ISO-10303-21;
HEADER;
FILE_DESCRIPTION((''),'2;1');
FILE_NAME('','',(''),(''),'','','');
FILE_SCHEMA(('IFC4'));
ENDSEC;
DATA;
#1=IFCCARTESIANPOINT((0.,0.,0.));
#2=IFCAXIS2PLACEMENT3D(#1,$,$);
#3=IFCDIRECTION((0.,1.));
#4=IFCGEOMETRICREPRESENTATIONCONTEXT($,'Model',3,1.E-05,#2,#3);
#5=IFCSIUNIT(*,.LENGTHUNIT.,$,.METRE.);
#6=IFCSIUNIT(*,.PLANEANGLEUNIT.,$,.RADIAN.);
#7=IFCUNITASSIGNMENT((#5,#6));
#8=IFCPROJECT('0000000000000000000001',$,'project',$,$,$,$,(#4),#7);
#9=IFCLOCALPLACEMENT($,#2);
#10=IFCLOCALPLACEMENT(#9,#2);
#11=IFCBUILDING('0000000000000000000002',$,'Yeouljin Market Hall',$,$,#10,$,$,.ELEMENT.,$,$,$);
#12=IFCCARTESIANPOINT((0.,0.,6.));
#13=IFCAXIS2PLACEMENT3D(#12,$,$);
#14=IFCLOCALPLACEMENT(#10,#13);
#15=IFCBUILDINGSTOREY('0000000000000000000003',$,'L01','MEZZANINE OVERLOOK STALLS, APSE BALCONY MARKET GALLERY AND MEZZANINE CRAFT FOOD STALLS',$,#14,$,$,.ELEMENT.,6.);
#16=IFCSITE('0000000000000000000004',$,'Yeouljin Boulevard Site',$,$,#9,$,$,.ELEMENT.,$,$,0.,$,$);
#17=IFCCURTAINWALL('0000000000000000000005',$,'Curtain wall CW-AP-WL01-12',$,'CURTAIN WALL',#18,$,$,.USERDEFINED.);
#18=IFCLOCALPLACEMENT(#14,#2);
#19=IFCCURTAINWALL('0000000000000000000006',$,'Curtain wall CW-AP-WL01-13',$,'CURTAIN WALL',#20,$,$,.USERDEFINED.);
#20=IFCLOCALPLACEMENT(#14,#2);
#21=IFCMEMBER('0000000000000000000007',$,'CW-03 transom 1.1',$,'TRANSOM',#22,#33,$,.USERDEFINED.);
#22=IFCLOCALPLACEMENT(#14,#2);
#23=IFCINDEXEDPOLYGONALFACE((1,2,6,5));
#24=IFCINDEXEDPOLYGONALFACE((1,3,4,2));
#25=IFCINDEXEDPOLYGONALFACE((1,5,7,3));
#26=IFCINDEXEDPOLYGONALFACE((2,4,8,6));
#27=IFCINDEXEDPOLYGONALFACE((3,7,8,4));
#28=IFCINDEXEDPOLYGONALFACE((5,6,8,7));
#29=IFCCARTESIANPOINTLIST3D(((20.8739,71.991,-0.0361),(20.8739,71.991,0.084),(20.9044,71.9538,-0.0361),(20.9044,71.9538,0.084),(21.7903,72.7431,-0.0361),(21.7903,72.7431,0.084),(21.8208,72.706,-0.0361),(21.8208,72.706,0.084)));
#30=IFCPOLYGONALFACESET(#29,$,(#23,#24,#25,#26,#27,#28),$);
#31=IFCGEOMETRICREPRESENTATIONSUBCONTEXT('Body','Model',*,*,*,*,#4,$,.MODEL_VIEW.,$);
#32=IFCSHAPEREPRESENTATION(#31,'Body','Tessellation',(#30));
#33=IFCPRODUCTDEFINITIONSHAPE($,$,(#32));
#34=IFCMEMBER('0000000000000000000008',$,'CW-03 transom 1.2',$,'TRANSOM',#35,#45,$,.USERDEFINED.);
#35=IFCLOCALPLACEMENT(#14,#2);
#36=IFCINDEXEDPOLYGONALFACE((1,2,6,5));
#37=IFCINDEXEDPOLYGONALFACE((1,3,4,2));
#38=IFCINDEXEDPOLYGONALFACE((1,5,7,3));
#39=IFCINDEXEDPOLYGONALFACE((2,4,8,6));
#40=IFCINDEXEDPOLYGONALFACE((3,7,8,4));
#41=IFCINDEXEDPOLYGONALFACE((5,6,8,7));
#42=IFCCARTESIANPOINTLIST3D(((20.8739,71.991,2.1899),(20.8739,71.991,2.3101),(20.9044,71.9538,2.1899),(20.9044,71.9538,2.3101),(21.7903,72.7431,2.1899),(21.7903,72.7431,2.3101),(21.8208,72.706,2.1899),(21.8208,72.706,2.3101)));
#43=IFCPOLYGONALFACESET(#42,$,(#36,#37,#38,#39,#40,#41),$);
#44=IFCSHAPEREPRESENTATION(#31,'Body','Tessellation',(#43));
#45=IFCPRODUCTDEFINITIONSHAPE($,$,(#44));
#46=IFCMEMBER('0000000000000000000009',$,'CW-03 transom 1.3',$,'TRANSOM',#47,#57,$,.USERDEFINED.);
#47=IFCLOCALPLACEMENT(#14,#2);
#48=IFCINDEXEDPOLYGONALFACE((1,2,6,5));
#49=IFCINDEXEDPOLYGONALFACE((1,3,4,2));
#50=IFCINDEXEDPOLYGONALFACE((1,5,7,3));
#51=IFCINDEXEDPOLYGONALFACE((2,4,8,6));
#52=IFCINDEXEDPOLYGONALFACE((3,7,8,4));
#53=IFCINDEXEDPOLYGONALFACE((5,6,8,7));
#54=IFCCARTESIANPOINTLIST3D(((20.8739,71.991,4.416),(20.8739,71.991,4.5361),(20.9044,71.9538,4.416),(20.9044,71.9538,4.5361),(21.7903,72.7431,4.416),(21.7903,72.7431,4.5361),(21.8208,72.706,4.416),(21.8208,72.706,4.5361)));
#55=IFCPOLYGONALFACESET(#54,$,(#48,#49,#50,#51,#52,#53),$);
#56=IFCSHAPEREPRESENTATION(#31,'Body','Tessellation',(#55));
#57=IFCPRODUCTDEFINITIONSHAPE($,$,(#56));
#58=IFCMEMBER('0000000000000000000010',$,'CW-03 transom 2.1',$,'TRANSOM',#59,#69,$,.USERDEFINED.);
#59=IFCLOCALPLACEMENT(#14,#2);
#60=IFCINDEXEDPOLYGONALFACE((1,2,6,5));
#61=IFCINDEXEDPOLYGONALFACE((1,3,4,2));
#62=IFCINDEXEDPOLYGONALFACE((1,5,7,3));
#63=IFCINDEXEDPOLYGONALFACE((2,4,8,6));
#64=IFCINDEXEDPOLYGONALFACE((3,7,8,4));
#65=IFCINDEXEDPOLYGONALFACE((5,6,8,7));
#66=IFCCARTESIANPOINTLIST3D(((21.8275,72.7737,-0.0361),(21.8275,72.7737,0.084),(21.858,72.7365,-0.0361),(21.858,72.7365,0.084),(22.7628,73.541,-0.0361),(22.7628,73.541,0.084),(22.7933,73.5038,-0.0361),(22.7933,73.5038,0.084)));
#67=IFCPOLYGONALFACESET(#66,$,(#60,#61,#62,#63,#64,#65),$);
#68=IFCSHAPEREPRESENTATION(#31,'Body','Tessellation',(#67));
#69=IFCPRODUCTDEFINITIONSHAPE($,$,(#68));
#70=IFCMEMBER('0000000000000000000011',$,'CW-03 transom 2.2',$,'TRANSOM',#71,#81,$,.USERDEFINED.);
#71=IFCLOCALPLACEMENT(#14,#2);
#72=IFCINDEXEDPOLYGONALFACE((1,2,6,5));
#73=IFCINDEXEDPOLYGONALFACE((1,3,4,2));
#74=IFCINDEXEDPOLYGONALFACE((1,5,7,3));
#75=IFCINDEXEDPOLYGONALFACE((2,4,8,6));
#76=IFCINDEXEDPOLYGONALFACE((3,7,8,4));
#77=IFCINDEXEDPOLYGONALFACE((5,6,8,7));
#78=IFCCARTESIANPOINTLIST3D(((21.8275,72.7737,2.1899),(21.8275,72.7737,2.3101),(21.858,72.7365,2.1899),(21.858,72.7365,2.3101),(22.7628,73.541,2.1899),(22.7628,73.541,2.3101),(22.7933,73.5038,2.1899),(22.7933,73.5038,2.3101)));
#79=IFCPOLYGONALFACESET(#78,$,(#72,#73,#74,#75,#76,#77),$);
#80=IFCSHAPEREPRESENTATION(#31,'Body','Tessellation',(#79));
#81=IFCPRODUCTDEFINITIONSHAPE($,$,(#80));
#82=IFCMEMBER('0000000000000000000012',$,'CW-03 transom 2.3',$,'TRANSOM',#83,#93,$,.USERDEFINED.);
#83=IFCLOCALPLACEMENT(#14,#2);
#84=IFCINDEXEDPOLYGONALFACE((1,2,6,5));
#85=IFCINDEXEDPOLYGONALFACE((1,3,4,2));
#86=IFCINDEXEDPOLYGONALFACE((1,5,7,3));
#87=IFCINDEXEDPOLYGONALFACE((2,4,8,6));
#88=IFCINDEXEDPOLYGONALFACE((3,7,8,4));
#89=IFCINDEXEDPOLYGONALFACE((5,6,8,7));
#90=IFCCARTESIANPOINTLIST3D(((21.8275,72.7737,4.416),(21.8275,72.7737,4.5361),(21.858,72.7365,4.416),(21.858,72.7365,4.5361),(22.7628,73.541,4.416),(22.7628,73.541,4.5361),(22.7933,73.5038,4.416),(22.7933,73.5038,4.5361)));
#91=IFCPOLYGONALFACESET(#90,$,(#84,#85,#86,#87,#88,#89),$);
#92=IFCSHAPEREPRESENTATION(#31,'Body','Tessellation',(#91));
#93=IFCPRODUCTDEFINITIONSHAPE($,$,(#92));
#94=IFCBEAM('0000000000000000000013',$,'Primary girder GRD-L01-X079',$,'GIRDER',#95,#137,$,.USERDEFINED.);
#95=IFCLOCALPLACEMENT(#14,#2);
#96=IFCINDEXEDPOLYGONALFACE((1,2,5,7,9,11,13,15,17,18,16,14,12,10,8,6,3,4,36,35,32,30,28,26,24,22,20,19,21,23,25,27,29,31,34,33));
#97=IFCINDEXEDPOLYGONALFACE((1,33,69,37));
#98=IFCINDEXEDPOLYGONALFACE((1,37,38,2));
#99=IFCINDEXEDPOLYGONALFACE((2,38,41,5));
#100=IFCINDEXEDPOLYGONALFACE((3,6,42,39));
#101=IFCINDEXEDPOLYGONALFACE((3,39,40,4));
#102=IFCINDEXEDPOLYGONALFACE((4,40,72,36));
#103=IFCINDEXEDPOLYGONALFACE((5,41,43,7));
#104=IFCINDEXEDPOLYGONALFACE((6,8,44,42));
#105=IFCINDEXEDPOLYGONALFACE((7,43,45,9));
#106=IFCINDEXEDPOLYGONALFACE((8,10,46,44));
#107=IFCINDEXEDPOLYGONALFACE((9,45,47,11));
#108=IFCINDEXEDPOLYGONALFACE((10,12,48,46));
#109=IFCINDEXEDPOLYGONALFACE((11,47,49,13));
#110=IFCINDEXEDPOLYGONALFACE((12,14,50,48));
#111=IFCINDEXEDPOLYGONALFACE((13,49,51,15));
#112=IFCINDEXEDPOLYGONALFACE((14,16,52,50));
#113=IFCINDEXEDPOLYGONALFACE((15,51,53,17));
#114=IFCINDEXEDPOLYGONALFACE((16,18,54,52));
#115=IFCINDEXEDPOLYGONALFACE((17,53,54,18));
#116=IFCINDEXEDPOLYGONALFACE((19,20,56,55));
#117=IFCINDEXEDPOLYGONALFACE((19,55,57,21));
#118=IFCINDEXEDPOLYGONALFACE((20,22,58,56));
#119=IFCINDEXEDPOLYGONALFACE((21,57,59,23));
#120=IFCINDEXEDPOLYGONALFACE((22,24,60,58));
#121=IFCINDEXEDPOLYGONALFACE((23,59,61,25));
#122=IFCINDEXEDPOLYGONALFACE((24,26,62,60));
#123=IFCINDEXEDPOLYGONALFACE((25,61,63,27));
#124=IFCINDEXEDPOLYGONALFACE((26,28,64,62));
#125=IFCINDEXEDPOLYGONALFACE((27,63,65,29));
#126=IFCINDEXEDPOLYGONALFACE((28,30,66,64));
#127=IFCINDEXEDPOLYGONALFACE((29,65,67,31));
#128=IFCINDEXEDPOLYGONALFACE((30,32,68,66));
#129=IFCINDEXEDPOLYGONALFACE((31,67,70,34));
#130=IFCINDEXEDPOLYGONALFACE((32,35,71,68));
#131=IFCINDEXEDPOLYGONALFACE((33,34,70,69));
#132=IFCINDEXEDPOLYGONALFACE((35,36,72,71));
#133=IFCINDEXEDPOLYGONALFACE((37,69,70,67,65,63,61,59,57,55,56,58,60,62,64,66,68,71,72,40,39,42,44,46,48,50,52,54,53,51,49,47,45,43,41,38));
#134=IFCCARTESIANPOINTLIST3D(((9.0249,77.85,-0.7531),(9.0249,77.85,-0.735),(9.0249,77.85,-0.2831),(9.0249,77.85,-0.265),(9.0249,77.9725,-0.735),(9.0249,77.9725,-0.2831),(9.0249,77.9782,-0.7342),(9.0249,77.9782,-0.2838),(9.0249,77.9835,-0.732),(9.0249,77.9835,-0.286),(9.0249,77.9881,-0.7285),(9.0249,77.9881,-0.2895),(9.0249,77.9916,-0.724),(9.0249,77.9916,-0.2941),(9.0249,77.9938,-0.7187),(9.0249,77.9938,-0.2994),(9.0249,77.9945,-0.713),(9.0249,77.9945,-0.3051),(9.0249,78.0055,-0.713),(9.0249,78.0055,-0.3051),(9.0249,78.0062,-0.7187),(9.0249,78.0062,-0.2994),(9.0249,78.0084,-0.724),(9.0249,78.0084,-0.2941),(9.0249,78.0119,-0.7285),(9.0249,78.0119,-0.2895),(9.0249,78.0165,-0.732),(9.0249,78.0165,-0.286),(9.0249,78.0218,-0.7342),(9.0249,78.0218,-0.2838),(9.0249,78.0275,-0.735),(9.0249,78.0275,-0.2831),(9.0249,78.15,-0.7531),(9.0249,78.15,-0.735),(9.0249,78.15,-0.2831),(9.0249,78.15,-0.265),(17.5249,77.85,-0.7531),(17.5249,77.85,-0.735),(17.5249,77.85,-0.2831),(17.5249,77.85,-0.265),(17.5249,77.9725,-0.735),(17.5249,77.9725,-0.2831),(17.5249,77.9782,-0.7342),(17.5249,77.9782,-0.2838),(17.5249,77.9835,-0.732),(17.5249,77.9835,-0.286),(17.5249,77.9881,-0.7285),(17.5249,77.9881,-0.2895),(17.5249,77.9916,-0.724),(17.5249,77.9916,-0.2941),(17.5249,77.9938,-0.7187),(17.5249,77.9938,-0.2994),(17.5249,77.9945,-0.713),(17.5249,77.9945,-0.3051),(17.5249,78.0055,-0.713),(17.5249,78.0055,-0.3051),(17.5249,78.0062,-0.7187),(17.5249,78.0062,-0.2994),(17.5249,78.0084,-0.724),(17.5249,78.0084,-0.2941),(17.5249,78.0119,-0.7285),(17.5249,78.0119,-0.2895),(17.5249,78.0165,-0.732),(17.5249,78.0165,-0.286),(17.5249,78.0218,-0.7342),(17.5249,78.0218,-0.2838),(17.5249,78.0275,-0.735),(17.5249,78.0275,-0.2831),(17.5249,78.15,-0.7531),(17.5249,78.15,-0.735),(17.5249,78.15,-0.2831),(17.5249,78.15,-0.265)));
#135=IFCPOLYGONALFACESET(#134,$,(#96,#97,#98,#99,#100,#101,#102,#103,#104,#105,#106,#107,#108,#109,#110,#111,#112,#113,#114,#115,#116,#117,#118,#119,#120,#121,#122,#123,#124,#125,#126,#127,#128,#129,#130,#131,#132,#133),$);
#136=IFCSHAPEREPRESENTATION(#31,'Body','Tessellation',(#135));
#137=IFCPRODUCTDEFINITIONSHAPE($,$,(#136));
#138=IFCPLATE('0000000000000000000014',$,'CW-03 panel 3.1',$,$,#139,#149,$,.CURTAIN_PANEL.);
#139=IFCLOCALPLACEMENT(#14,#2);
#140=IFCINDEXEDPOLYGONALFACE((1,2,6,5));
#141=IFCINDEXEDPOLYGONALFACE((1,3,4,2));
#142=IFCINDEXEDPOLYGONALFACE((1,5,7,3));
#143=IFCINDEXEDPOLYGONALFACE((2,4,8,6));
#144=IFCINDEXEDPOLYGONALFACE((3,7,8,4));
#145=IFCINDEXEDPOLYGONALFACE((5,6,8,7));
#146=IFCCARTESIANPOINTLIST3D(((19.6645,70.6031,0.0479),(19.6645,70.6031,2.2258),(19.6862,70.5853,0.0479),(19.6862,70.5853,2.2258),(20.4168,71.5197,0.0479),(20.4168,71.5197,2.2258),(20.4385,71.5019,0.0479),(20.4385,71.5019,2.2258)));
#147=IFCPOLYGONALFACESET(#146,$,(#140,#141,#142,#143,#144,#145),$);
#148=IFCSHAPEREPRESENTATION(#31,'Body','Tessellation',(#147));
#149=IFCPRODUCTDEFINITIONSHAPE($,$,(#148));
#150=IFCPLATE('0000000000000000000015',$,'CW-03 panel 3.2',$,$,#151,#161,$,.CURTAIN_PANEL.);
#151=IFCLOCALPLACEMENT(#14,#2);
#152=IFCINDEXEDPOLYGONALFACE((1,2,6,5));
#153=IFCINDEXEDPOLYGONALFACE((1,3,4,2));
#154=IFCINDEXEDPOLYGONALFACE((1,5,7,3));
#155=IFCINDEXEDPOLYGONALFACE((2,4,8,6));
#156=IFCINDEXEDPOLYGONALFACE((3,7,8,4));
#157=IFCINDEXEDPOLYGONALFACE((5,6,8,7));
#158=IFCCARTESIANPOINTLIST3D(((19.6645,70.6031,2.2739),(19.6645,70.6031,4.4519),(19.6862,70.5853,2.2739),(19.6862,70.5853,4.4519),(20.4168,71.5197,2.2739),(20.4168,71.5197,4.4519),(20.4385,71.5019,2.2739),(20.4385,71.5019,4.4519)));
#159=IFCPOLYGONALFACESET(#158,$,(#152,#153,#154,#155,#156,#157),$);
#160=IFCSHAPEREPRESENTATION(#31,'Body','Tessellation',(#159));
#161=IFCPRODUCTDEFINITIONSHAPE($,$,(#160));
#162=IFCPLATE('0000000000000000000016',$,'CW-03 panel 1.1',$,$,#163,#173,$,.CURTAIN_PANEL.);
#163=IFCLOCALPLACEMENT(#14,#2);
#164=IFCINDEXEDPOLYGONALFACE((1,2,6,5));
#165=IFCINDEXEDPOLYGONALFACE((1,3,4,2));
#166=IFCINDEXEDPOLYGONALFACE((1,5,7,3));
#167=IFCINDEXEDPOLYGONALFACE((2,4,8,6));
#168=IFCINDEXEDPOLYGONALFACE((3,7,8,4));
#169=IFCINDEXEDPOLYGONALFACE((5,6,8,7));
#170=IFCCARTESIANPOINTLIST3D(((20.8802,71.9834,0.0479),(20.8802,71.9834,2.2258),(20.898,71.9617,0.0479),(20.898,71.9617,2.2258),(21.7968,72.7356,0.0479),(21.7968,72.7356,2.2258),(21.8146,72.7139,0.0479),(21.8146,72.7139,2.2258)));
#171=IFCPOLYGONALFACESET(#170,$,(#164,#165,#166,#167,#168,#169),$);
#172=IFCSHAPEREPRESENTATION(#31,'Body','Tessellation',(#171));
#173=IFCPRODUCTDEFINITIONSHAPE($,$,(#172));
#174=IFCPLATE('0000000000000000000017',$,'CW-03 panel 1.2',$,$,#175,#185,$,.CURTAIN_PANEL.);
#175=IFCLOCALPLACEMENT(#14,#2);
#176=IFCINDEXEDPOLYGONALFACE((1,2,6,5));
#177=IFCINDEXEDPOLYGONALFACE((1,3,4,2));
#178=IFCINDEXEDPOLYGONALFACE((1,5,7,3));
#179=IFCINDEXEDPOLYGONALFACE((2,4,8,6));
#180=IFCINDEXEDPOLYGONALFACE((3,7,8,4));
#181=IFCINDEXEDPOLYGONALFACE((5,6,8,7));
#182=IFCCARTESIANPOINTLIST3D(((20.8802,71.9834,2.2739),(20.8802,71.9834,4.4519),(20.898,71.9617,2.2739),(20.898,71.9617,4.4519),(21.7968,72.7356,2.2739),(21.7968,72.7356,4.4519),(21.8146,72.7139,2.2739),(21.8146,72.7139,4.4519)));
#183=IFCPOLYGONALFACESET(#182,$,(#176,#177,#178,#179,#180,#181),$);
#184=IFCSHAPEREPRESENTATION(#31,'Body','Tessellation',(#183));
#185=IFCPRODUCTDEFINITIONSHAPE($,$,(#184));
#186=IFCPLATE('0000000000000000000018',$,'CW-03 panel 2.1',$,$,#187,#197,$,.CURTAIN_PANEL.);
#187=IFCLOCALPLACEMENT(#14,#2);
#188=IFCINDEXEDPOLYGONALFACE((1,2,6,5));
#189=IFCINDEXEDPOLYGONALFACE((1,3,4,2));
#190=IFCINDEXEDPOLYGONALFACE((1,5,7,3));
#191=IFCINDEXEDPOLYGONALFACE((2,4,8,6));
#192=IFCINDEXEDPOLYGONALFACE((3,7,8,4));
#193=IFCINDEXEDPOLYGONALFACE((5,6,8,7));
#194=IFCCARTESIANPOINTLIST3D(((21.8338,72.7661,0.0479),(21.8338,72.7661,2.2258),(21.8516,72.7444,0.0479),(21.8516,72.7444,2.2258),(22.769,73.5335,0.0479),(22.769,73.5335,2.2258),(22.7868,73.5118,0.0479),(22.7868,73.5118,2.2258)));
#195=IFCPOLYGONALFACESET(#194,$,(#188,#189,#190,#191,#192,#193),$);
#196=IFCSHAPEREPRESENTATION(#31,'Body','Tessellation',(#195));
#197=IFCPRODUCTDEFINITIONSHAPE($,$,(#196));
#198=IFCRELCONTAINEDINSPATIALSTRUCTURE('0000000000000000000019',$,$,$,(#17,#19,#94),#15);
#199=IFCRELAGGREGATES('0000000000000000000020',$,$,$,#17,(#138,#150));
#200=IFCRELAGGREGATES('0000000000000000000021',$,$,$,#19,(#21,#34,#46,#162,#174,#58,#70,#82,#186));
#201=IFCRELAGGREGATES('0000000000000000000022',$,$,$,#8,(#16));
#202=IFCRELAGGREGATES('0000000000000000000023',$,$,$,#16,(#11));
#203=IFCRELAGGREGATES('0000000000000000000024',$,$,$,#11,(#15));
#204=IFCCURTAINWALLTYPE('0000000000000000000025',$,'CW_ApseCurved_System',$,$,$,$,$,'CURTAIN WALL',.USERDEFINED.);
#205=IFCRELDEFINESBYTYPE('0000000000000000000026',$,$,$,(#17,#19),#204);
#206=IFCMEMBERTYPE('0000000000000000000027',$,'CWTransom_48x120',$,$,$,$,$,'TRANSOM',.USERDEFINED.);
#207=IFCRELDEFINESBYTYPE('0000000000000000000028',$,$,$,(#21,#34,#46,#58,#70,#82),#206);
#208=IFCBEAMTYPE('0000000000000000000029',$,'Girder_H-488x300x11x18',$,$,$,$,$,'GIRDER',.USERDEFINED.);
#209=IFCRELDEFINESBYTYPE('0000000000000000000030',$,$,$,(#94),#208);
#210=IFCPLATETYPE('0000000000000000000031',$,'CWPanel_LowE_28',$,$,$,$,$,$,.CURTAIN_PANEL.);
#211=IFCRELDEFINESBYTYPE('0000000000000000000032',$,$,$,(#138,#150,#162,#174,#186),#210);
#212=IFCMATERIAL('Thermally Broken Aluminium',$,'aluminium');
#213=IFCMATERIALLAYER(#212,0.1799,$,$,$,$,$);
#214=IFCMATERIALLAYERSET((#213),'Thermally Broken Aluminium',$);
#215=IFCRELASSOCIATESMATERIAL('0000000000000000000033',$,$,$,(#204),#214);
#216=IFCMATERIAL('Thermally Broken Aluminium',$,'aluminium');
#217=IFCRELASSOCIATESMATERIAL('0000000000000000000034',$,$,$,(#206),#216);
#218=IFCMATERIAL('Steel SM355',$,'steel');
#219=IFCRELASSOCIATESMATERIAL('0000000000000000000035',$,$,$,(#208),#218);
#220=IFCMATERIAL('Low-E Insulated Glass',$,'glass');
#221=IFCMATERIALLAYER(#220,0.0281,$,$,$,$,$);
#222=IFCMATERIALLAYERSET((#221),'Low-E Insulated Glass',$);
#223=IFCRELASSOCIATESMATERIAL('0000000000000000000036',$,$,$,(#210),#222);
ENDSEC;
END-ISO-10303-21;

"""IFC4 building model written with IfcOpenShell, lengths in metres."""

from ifc_helpers import new_model, si_unit, direction, frame, origin, origin_2d, place, context, subcontext, project, spatial, rectangle, i_section, extrude, material, layer, layer_set, material_profile, profile_set, type_object, element, aggregate, save


model = new_model("IFC4")

# Units and contexts
model_context = context("Model", 3, precision=1e-05, world=origin(), true_north=direction((0.0, 1.0)))
body_context = subcontext(model_context, "Body", "Model", "MODEL_VIEW")
ifc_project = project(units=[si_unit("LENGTHUNIT", "METRE"), si_unit("PLANEANGLEUNIT", "RADIAN")], contexts=[model_context])

# Site, building, storey
site_placement = place(None, origin())
site = spatial("IfcSite", under=ifc_project, at=site_placement, Name="Yeouljin Boulevard Site", CompositionType="ELEMENT", RefElevation=0.0)
building_placement = place(site_placement, origin())
building = spatial("IfcBuilding", under=site, at=building_placement, Name="Yeouljin Market Hall", CompositionType="ELEMENT")
storey_placement = place(building_placement, frame((0.0, 0.0, 6.0)))
storey = spatial("IfcBuildingStorey", under=building, at=storey_placement, Name="L01", Description="MEZZANINE OVERLOOK STALLS, APSE BALCONY MARKET GALLERY AND MEZZANINE CRAFT FOOD STALLS", CompositionType="ELEMENT", Elevation=6.0)

# Curtain wall
ifc_material_1 = material(Name="Thermally Broken Aluminium", Category="aluminium")
ifc_layer_1 = layer(ifc_material_1, 0.1799)
ifc_layer_set_1 = layer_set([ifc_layer_1], Name="Thermally Broken Aluminium")
curtain_wall_type = type_object("IfcCurtainWallType", Name="CW_ApseCurved_System", ElementType="CURTAIN WALL", PredefinedType="USERDEFINED", material=ifc_layer_set_1)
curtain_wall_1_placement = place(storey_placement, origin())
curtain_wall_1 = element("IfcCurtainWall", 1, at=curtain_wall_1_placement, inside=storey, type_object=curtain_wall_type, Name="Curtain wall CW-AP-WL01-12", ObjectType="CURTAIN WALL", PredefinedType="USERDEFINED")

# Curtain wall
curtain_wall_2_placement = place(storey_placement, origin())
curtain_wall_2 = element("IfcCurtainWall", 2, at=curtain_wall_2_placement, inside=storey, type_object=curtain_wall_type, Name="Curtain wall CW-AP-WL01-13", ObjectType="CURTAIN WALL", PredefinedType="USERDEFINED")

# Members
ifc_material_2 = material(Name="Thermally Broken Aluminium", Category="aluminium")
ifc_material_profile_1 = material_profile(ifc_material_2, rectangle(XDim=0.0481, YDim=0.1201, at=origin_2d()), Name="CW-TRAN-48x120")
ifc_profile_set_1 = profile_set([ifc_material_profile_1], Name="Thermally Broken Aluminium")
member_type_1 = type_object("IfcMemberType", Name="CWTransom_48x120", ElementType="TRANSOM", PredefinedType="USERDEFINED", material=ifc_profile_set_1)
member_1_placement = place(storey_placement, frame((20.8892, 71.9724, 0.0239), z_axis=(0.772993, 0.634414, 0.0), x_axis=(-0.634414, 0.772993, 0.0)))
member_1 = element("IfcMember", 3, at=member_1_placement, type_object=member_type_1, Name="CW-03 transom 1.1", ObjectType="TRANSOM", PredefinedType="USERDEFINED", context=body_context, shape_type="SweptSolid", body=[
    extrude(rectangle(XDim=0.0481, YDim=0.1201, at=origin_2d()), origin(), (0.0, 0.0, 1.0), 1.1855),
])
member_2_placement = place(storey_placement, frame((20.8892, 71.9724, 2.25), z_axis=(0.772993, 0.634414, 0.0), x_axis=(-0.634414, 0.772993, 0.0)))
member_2 = element("IfcMember", 4, at=member_2_placement, type_object=member_type_1, Name="CW-03 transom 1.2", ObjectType="TRANSOM", PredefinedType="USERDEFINED", context=body_context, shape_type="SweptSolid", body=[
    extrude(rectangle(XDim=0.0481, YDim=0.1201, at=origin_2d()), origin(), (0.0, 0.0, 1.0), 1.1855),
])
member_3_placement = place(storey_placement, frame((20.8892, 71.9724, 4.4761), z_axis=(0.772993, 0.634414, 0.0), x_axis=(-0.634414, 0.772993, 0.0)))
member_3 = element("IfcMember", 5, at=member_3_placement, type_object=member_type_1, Name="CW-03 transom 1.3", ObjectType="TRANSOM", PredefinedType="USERDEFINED", context=body_context, shape_type="SweptSolid", body=[
    extrude(rectangle(XDim=0.0481, YDim=0.1201, at=origin_2d()), origin(), (0.0, 0.0, 1.0), 1.1855),
])
member_4_placement = place(storey_placement, frame((21.8428, 72.7551, 0.0239), z_axis=(0.773111, 0.63427, 0.0), x_axis=(-0.63427, 0.773111, 0.0)))
member_4 = element("IfcMember", 6, at=member_4_placement, type_object=member_type_1, Name="CW-03 transom 2.1", ObjectType="TRANSOM", PredefinedType="USERDEFINED", context=body_context, shape_type="SweptSolid", body=[
    extrude(rectangle(XDim=0.0481, YDim=0.1201, at=origin_2d()), origin(), (0.0, 0.0, 1.0), 1.2097),
])
member_5_placement = place(storey_placement, frame((21.8428, 72.7551, 2.25), z_axis=(0.773111, 0.63427, 0.0), x_axis=(-0.63427, 0.773111, 0.0)))
member_5 = element("IfcMember", 7, at=member_5_placement, type_object=member_type_1, Name="CW-03 transom 2.2", ObjectType="TRANSOM", PredefinedType="USERDEFINED", context=body_context, shape_type="SweptSolid", body=[
    extrude(rectangle(XDim=0.0481, YDim=0.1201, at=origin_2d()), origin(), (0.0, 0.0, 1.0), 1.2097),
])
member_6_placement = place(storey_placement, frame((21.8428, 72.7551, 4.4761), z_axis=(0.773111, 0.63427, 0.0), x_axis=(-0.63427, 0.773111, 0.0)))
member_6 = element("IfcMember", 8, at=member_6_placement, type_object=member_type_1, Name="CW-03 transom 2.3", ObjectType="TRANSOM", PredefinedType="USERDEFINED", context=body_context, shape_type="SweptSolid", body=[
    extrude(rectangle(XDim=0.0481, YDim=0.1201, at=origin_2d()), origin(), (0.0, 0.0, 1.0), 1.2097),
])

# Beam
ifc_material_3 = material(Name="Steel SM355", Category="steel")
ifc_material_profile_2 = material_profile(ifc_material_3, i_section(OverallWidth=0.3, OverallDepth=0.488, WebThickness=0.011, FlangeThickness=0.0181, FilletRadius=0.022, at=origin_2d()), Name="H-488x300x11x18")
ifc_profile_set_2 = profile_set([ifc_material_profile_2], Name="Steel SM355")
beam_type_1 = type_object("IfcBeamType", Name="Girder_H-488x300x11x18", ElementType="GIRDER", PredefinedType="USERDEFINED", material=ifc_profile_set_2)
beam_1_placement = place(storey_placement, frame((9.0249, 78.0, -0.509), z_axis=(1.0, 0.0, 0.0), x_axis=(0.0, 1.0, 0.0)))
element("IfcBeam", 9, at=beam_1_placement, inside=storey, type_object=beam_type_1, Name="Primary girder GRD-L01-X079", ObjectType="GIRDER", PredefinedType="USERDEFINED", context=body_context, shape_type="SweptSolid", body=[
    extrude(i_section(OverallWidth=0.3, OverallDepth=0.488, WebThickness=0.011, FlangeThickness=0.0181, FilletRadius=0.022, at=origin_2d()), origin(), (0.0, 0.0, 1.0), 8.5),
])

# Plates
ifc_material_4 = material(Name="Low-E Insulated Glass", Category="glass")
ifc_layer_2 = layer(ifc_material_4, 0.0281)
ifc_layer_set_2 = layer_set([ifc_layer_2], Name="Low-E Insulated Glass")
plate_type = type_object("IfcPlateType", Name="CWPanel_LowE_28", PredefinedType="CURTAIN_PANEL", material=ifc_layer_set_2)
plate_1_placement = place(storey_placement, frame((20.0515, 71.0525, 0.0479), z_axis=(0.0, 0.0, 1.0), x_axis=(0.634384, 0.773018, 0.0)))
plate_1 = element("IfcPlate", 10, at=plate_1_placement, type_object=plate_type, Name="CW-03 panel 3.1", PredefinedType="CURTAIN_PANEL", context=body_context, shape_type="SweptSolid", body=[
    extrude(rectangle(XDim=1.1858, YDim=0.0281, at=origin_2d()), origin(), (0.0, 0.0, 1.0), 2.178),
])
plate_2_placement = place(storey_placement, frame((20.0515, 71.0525, 2.2739), z_axis=(0.0, 0.0, 1.0), x_axis=(0.634384, 0.773018, 0.0)))
plate_2 = element("IfcPlate", 11, at=plate_2_placement, type_object=plate_type, Name="CW-03 panel 3.2", PredefinedType="CURTAIN_PANEL", context=body_context, shape_type="SweptSolid", body=[
    extrude(rectangle(XDim=1.1858, YDim=0.0281, at=origin_2d()), origin(), (0.0, 0.0, 1.0), 2.178),
])
aggregate(curtain_wall_1, [plate_1, plate_2])
plate_3_placement = place(storey_placement, frame((21.3474, 72.3486, 0.0479), z_axis=(0.0, 0.0, 1.0), x_axis=(0.773018, 0.634384, 0.0)))
plate_3 = element("IfcPlate", 12, at=plate_3_placement, type_object=plate_type, Name="CW-03 panel 1.1", PredefinedType="CURTAIN_PANEL", context=body_context, shape_type="SweptSolid", body=[
    extrude(rectangle(XDim=1.1858, YDim=0.0281, at=origin_2d()), origin(), (0.0, 0.0, 1.0), 2.178),
])
plate_4_placement = place(storey_placement, frame((21.3474, 72.3486, 2.2739), z_axis=(0.0, 0.0, 1.0), x_axis=(0.773018, 0.634384, 0.0)))
plate_4 = element("IfcPlate", 13, at=plate_4_placement, type_object=plate_type, Name="CW-03 panel 1.2", PredefinedType="CURTAIN_PANEL", context=body_context, shape_type="SweptSolid", body=[
    extrude(rectangle(XDim=1.1858, YDim=0.0281, at=origin_2d()), origin(), (0.0, 0.0, 1.0), 2.178),
])
plate_5_placement = place(storey_placement, frame((22.3103, 73.1389, 0.0479), z_axis=(0.0, 0.0, 1.0), x_axis=(0.773018, 0.634384, 0.0)))
plate_5 = element("IfcPlate", 14, at=plate_5_placement, type_object=plate_type, Name="CW-03 panel 2.1", PredefinedType="CURTAIN_PANEL", context=body_context, shape_type="SweptSolid", body=[
    extrude(rectangle(XDim=1.2097, YDim=0.0281, at=origin_2d()), origin(), (0.0, 0.0, 1.0), 2.178),
])
aggregate(curtain_wall_2, [member_1, member_2, member_3, plate_3, plate_4, member_4, member_5, member_6, plate_5])

save(model, "model.ifc")
